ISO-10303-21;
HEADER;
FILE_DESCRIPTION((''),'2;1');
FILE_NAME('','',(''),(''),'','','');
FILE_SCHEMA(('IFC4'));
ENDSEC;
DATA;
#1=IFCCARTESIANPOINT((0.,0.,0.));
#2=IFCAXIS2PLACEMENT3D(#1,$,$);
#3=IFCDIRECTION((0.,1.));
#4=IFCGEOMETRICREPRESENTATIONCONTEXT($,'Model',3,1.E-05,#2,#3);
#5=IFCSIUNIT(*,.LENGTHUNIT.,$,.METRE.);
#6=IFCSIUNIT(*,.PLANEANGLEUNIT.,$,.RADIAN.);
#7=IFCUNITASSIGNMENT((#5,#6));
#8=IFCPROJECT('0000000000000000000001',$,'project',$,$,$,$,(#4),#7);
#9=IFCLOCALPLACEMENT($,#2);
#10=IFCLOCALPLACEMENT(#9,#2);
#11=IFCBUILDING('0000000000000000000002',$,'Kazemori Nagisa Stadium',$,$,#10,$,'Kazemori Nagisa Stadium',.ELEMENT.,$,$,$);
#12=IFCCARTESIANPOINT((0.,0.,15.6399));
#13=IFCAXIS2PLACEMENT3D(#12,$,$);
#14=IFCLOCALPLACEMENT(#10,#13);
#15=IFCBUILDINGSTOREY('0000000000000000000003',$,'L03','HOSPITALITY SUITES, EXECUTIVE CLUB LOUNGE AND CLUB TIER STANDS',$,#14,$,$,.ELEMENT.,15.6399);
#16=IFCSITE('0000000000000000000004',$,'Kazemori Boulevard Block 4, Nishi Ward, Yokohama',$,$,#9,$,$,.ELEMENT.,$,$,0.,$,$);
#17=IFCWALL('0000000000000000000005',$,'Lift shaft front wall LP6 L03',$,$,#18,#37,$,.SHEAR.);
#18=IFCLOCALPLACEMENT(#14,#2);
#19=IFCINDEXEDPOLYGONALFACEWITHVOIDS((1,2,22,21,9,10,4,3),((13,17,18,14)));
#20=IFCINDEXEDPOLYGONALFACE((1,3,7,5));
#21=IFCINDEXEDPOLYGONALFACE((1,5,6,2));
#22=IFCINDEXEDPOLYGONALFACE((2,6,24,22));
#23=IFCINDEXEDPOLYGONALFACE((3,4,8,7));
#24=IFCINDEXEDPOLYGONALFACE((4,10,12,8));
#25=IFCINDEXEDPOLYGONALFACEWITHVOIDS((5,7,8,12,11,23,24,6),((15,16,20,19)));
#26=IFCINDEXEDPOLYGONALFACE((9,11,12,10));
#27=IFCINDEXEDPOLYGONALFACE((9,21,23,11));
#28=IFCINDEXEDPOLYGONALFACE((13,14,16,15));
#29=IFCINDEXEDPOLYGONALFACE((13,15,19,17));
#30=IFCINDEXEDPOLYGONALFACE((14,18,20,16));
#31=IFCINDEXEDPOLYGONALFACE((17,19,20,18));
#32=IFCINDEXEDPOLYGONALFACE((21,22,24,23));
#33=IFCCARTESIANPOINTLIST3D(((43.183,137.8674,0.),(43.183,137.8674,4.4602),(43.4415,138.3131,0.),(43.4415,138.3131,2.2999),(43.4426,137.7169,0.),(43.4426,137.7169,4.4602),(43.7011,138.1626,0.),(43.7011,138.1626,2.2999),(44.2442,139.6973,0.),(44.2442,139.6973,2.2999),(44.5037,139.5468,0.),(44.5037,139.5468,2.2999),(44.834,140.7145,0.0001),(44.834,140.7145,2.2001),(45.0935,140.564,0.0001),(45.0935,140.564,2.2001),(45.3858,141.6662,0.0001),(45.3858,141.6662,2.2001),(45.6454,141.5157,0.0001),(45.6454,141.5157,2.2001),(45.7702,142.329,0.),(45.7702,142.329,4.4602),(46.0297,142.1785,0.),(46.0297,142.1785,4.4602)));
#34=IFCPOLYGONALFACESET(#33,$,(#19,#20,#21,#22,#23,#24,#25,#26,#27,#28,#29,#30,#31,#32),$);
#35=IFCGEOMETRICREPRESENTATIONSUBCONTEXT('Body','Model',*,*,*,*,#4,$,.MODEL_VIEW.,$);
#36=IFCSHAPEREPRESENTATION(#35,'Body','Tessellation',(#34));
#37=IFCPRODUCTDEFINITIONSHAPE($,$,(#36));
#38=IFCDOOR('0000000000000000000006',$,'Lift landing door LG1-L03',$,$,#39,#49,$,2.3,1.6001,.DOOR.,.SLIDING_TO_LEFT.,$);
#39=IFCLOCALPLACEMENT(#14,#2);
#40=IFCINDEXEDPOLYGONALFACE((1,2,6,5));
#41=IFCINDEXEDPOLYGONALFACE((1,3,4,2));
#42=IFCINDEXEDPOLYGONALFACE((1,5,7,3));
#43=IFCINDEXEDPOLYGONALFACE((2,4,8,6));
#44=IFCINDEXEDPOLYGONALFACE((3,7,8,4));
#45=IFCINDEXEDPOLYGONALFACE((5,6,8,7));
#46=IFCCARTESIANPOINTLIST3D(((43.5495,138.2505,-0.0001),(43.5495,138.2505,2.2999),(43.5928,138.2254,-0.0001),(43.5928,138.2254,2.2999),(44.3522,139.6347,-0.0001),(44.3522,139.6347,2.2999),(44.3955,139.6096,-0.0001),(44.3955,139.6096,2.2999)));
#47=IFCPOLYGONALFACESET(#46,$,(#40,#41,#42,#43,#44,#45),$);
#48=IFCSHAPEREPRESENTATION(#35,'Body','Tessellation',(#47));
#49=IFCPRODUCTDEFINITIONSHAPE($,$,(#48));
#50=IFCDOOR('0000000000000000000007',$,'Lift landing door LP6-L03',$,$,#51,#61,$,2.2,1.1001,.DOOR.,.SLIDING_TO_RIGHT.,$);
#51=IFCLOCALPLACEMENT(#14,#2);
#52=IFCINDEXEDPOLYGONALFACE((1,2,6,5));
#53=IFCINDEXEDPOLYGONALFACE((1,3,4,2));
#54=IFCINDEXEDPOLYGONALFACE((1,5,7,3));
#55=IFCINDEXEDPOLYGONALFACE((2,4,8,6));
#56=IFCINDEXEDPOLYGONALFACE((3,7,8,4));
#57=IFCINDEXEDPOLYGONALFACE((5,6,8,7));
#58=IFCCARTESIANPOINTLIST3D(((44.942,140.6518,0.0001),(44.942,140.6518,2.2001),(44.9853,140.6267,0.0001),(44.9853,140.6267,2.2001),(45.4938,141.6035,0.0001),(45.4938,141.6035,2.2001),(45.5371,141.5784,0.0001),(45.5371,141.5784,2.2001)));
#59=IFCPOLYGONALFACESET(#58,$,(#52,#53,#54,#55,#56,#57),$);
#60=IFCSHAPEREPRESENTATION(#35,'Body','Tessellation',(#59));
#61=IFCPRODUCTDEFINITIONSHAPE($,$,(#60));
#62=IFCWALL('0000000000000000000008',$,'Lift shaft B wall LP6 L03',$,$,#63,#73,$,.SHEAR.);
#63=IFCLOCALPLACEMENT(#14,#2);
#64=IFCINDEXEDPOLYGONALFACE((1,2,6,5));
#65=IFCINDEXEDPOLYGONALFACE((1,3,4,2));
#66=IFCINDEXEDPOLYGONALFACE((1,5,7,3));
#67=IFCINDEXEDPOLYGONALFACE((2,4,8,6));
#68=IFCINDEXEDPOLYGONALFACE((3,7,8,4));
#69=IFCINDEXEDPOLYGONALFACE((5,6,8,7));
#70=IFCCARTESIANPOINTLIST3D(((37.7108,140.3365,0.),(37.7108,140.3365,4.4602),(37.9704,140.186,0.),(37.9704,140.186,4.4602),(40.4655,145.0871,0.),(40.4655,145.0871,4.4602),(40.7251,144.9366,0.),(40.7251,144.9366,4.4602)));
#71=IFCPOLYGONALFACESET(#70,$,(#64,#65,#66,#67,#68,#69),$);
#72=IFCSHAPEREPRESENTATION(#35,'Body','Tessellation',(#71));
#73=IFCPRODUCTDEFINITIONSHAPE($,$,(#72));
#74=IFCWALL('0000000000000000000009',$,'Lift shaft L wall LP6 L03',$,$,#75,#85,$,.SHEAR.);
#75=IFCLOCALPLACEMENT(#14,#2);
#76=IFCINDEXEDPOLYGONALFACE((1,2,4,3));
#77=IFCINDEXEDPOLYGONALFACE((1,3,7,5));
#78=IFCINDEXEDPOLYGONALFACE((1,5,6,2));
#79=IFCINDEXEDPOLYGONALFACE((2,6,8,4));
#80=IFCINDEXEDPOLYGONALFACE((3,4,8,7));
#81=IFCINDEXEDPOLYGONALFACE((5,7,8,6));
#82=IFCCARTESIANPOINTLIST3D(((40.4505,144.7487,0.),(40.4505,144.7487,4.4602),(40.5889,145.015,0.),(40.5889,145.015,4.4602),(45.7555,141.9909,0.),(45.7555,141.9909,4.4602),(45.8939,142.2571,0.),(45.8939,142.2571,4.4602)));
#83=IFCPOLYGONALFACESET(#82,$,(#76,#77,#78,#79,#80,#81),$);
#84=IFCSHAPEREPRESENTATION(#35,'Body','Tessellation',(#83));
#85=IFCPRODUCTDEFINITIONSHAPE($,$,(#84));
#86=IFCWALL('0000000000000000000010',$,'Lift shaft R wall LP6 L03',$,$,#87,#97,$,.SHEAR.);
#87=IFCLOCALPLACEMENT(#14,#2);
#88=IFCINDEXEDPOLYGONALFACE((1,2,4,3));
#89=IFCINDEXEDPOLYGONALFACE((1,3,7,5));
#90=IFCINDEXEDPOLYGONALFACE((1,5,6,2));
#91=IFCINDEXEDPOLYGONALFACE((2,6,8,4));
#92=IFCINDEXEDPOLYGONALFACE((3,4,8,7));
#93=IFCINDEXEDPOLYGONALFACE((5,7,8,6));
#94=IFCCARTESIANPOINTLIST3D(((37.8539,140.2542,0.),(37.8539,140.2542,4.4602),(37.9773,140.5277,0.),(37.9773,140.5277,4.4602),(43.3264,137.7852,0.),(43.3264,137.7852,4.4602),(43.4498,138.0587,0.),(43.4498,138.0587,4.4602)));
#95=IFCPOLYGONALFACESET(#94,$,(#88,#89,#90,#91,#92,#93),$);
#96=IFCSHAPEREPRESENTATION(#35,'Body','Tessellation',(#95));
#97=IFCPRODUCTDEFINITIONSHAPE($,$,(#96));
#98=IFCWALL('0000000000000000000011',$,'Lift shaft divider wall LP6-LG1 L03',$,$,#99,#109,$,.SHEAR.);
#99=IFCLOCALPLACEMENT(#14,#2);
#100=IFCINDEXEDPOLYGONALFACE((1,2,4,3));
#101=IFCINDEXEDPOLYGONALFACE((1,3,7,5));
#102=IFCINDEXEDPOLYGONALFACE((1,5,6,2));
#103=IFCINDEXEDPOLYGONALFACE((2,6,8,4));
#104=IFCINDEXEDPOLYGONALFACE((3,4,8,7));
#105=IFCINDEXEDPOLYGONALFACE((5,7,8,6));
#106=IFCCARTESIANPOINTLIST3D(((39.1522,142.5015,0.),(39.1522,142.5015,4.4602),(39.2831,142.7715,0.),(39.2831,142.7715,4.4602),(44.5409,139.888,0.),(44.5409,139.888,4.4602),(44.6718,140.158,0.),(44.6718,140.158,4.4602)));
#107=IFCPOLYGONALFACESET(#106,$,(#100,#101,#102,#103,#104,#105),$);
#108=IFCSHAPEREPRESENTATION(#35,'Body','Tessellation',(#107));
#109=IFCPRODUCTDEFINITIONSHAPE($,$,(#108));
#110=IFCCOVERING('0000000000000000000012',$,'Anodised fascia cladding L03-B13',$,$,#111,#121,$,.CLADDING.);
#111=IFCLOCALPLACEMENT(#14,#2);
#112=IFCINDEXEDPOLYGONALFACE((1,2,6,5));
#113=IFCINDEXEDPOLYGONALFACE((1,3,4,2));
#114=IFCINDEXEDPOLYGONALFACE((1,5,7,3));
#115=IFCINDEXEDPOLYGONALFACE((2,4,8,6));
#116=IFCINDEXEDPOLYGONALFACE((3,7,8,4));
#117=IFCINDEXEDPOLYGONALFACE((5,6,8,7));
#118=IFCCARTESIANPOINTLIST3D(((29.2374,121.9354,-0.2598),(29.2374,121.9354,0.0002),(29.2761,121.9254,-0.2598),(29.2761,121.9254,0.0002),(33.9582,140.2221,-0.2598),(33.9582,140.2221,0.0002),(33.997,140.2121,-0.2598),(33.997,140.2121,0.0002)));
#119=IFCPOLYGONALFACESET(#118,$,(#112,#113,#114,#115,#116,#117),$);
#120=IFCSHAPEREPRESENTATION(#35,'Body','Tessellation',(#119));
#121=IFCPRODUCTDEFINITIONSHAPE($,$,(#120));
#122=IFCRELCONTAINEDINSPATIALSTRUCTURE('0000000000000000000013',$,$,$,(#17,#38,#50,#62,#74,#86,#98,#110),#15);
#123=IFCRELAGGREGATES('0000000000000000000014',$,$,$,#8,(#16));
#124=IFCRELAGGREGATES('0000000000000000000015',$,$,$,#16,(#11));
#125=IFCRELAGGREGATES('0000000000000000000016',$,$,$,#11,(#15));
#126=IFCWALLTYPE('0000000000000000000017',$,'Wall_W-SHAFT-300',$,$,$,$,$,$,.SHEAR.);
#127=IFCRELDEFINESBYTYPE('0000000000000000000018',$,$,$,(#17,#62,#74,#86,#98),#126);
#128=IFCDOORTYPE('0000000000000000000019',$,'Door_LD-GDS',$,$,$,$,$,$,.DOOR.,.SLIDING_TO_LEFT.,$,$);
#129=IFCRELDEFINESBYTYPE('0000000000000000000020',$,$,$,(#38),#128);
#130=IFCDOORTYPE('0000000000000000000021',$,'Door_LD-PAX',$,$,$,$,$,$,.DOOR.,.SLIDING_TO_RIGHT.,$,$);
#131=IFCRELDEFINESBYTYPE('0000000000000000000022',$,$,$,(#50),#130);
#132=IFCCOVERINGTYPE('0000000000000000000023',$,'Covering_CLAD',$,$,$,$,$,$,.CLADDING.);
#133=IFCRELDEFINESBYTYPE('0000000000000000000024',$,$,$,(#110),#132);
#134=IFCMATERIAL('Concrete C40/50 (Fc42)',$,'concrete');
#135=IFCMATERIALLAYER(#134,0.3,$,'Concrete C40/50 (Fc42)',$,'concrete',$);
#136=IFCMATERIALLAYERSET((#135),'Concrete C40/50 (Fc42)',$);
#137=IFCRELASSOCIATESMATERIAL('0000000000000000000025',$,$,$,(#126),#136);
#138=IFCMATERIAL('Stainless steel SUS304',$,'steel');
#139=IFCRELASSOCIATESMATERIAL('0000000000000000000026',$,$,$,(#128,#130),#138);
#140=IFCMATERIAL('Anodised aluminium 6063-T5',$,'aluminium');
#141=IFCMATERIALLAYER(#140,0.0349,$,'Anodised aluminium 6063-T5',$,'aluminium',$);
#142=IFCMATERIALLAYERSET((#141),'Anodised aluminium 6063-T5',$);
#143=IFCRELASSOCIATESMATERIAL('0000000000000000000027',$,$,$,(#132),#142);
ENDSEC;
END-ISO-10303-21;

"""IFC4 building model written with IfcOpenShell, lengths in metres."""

from ifc_helpers import new_model, si_unit, direction, frame, frame_2d, origin, origin_2d, place, context, subcontext, project, spatial, rectangle, extrude, material, layer, layer_set, type_object, element, fill, save


model = new_model("IFC4")

# Units and contexts
model_context = context("Model", 3, precision=1e-05, world=origin(), true_north=direction((0.0, 1.0)))
body_context = subcontext(model_context, "Body", "Model", "MODEL_VIEW")
ifc_project = project(units=[si_unit("LENGTHUNIT", "METRE"), si_unit("PLANEANGLEUNIT", "RADIAN")], contexts=[model_context])

# Site, building, storey
site_placement = place(None, origin())
site = spatial("IfcSite", under=ifc_project, at=site_placement, Name="Kazemori Boulevard Block 4, Nishi Ward, Yokohama", CompositionType="ELEMENT", RefElevation=0.0)
building_placement = place(site_placement, origin())
building = spatial("IfcBuilding", under=site, at=building_placement, Name="Kazemori Nagisa Stadium", LongName="Kazemori Nagisa Stadium", CompositionType="ELEMENT")
storey_placement = place(building_placement, frame((0.0, 0.0, 15.6399)))
storey = spatial("IfcBuildingStorey", under=building, at=storey_placement, Name="L03", Description="HOSPITALITY SUITES, EXECUTIVE CLUB LOUNGE AND CLUB TIER STANDS", CompositionType="ELEMENT", Elevation=15.6399)

# Shared definitions
ifc_material_1 = material(Name="Concrete C40/50 (Fc42)", Category="concrete")

# Shared definitions
ifc_material_2 = material(Name="Anodised aluminium 6063-T5", Category="aluminium")

# Wall, openings, doors
ifc_layer_1 = layer(ifc_material_1, 0.3, Name="Concrete C40/50 (Fc42)", Category="concrete")
ifc_layer_set_1 = layer_set([ifc_layer_1], Name="Concrete C40/50 (Fc42)")
wall_type_1 = type_object("IfcWallType", Name="Wall_W-SHAFT-300", PredefinedType="SHEAR", material=ifc_layer_set_1)
wall_1_placement = place(storey_placement, frame((45.8999, 142.2537, 0.0), z_axis=(0.0, 0.0, 1.0), x_axis=(-0.50163, -0.865083, 0.0)))
wall_1 = element("IfcWall", 1, at=wall_1_placement, inside=storey, type_object=wall_type_1, Name="Lift shaft front wall LP6 L03", PredefinedType="SHEAR", context=body_context, shape_type="SweptSolid", body=[
    extrude(rectangle(XDim=5.1575, YDim=0.3, at=frame_2d((2.5786, 0.0))), origin(), (0.0, 0.0, 1.0), 4.4602),
])
opening_1_placement = place(wall_1_placement, frame((0.7661, 0.0, 0.0)))
opening_1 = element("IfcOpeningElement", 2, at=opening_1_placement, cuts=wall_1, PredefinedType="OPENING", context=body_context, shape_type="SweptSolid", body=[
    extrude(rectangle(XDim=1.1001, YDim=2.2, at=frame_2d((0.55, 1.1001))), frame((0.0, 0.1599, 0.0), z_axis=(0.0, -1.0, 0.0), x_axis=(1.0, 0.0, 0.0)), (0.0, 0.0, 1.0), 0.3201),
])
opening_2_placement = place(wall_1_placement, frame((3.042, 0.0, 0.0)))
opening_2 = element("IfcOpeningElement", 3, at=opening_2_placement, cuts=wall_1, PredefinedType="OPENING", context=body_context, shape_type="SweptSolid", body=[
    extrude(rectangle(XDim=1.6001, YDim=2.3, at=frame_2d((0.8, 1.1499))), frame((0.0, 0.1599, 0.0), z_axis=(0.0, -1.0, 0.0), x_axis=(1.0, 0.0, 0.0)), (0.0, 0.0, 1.0), 0.3201),
])
ifc_material_3 = material(Name="Stainless steel SUS304", Category="steel")
door_type_1 = type_object("IfcDoorType", Name="Door_LD-GDS", OperationType="SLIDING_TO_LEFT", PredefinedType="DOOR", material=ifc_material_3)
door_1_placement = place(opening_2_placement, origin())
door_1 = element("IfcDoor", 4, at=door_1_placement, inside=storey, type_object=door_type_1, Name="Lift landing door LG1-L03", OperationType="SLIDING_TO_LEFT", OverallHeight=2.3, OverallWidth=1.6001, PredefinedType="DOOR", context=body_context, shape_type="SweptSolid", body=[
    extrude(rectangle(XDim=1.6001, YDim=2.3, at=frame_2d((0.8, 1.1499))), frame((0.0, 0.0249, 0.0), z_axis=(0.0, -1.0, 0.0), x_axis=(1.0, 0.0, 0.0)), (0.0, 0.0, 1.0), 0.05),
])
fill(opening_2, door_1)
door_type_2 = type_object("IfcDoorType", Name="Door_LD-PAX", OperationType="SLIDING_TO_RIGHT", PredefinedType="DOOR", material=ifc_material_3)
door_2_placement = place(opening_1_placement, origin())
door_2 = element("IfcDoor", 5, at=door_2_placement, inside=storey, type_object=door_type_2, Name="Lift landing door LP6-L03", OperationType="SLIDING_TO_RIGHT", OverallHeight=2.2, OverallWidth=1.1001, PredefinedType="DOOR", context=body_context, shape_type="SweptSolid", body=[
    extrude(rectangle(XDim=1.1001, YDim=2.2, at=frame_2d((0.55, 1.1001))), frame((0.0, 0.0249, 0.0), z_axis=(0.0, -1.0, 0.0), x_axis=(1.0, 0.0, 0.0)), (0.0, 0.0, 1.0), 0.05),
])
fill(opening_1, door_2)

# Walls
wall_2_placement = place(storey_placement, frame((40.5952, 145.0117, 0.0), z_axis=(0.0, 0.0, 1.0), x_axis=(-0.50163, -0.865082, 0.0)))
element("IfcWall", 6, at=wall_2_placement, inside=storey, type_object=wall_type_1, Name="Lift shaft B wall LP6 L03", PredefinedType="SHEAR", context=body_context, shape_type="SweptSolid", body=[
    extrude(rectangle(XDim=5.4915, YDim=0.3, at=frame_2d((2.7456, 0.0))), origin(), (0.0, 0.0, 1.0), 4.4602),
])
wall_3_placement = place(storey_placement, frame((45.8247, 142.124, 0.0), z_axis=(0.0, 0.0, 1.0), x_axis=(-0.887268, 0.461254, 0.0)))
element("IfcWall", 7, at=wall_3_placement, inside=storey, type_object=wall_type_1, Name="Lift shaft L wall LP6 L03", PredefinedType="SHEAR", context=body_context, shape_type="SweptSolid", body=[
    extrude(rectangle(XDim=5.979, YDim=0.3, at=frame_2d((2.9895, 0.0))), origin(), (0.0, 0.0, 1.0), 4.4602),
])
wall_4_placement = place(storey_placement, frame((43.3882, 137.9219, 0.0), z_axis=(0.0, 0.0, 1.0), x_axis=(-0.911522, 0.411252, 0.0)))
element("IfcWall", 8, at=wall_4_placement, inside=storey, type_object=wall_type_1, Name="Lift shaft R wall LP6 L03", PredefinedType="SHEAR", context=body_context, shape_type="SweptSolid", body=[
    extrude(rectangle(XDim=6.0037, YDim=0.3, at=frame_2d((3.002, 0.0))), origin(), (0.0, 0.0, 1.0), 4.4602),
])
wall_5_placement = place(storey_placement, frame((44.6064, 140.0229, 0.0), z_axis=(0.0, 0.0, 1.0), x_axis=(-0.899759, 0.436387, 0.0)))
element("IfcWall", 9, at=wall_5_placement, inside=storey, type_object=wall_type_1, Name="Lift shaft divider wall LP6-LG1 L03", PredefinedType="SHEAR", context=body_context, shape_type="SweptSolid", body=[
    extrude(rectangle(XDim=5.989, YDim=0.3, at=frame_2d((2.9946, 0.0))), origin(), (0.0, 0.0, 1.0), 4.4602),
])

# Covering
ifc_layer_2 = layer(ifc_material_2, 0.0349, Name="Anodised aluminium 6063-T5", Category="aluminium")
ifc_layer_set_2 = layer_set([ifc_layer_2], Name="Anodised aluminium 6063-T5")
covering_type = type_object("IfcCoveringType", Name="Covering_CLAD", PredefinedType="CLADDING", material=ifc_layer_set_2)
covering_placement = place(storey_placement, frame((31.6172, 131.0737, -0.2598), z_axis=(0.0, 0.0, 1.0), x_axis=(-0.249965, -0.968255, 0.0)))
element("IfcCovering", 10, at=covering_placement, inside=storey, type_object=covering_type, Name="Anodised fascia cladding L03-B13", PredefinedType="CLADDING", context=body_context, shape_type="SweptSolid", body=[
    extrude(rectangle(XDim=18.8862, YDim=0.04, at=origin_2d()), origin(), (0.0, 0.0, 1.0), 0.26),
])

save(model, "model.ifc")
